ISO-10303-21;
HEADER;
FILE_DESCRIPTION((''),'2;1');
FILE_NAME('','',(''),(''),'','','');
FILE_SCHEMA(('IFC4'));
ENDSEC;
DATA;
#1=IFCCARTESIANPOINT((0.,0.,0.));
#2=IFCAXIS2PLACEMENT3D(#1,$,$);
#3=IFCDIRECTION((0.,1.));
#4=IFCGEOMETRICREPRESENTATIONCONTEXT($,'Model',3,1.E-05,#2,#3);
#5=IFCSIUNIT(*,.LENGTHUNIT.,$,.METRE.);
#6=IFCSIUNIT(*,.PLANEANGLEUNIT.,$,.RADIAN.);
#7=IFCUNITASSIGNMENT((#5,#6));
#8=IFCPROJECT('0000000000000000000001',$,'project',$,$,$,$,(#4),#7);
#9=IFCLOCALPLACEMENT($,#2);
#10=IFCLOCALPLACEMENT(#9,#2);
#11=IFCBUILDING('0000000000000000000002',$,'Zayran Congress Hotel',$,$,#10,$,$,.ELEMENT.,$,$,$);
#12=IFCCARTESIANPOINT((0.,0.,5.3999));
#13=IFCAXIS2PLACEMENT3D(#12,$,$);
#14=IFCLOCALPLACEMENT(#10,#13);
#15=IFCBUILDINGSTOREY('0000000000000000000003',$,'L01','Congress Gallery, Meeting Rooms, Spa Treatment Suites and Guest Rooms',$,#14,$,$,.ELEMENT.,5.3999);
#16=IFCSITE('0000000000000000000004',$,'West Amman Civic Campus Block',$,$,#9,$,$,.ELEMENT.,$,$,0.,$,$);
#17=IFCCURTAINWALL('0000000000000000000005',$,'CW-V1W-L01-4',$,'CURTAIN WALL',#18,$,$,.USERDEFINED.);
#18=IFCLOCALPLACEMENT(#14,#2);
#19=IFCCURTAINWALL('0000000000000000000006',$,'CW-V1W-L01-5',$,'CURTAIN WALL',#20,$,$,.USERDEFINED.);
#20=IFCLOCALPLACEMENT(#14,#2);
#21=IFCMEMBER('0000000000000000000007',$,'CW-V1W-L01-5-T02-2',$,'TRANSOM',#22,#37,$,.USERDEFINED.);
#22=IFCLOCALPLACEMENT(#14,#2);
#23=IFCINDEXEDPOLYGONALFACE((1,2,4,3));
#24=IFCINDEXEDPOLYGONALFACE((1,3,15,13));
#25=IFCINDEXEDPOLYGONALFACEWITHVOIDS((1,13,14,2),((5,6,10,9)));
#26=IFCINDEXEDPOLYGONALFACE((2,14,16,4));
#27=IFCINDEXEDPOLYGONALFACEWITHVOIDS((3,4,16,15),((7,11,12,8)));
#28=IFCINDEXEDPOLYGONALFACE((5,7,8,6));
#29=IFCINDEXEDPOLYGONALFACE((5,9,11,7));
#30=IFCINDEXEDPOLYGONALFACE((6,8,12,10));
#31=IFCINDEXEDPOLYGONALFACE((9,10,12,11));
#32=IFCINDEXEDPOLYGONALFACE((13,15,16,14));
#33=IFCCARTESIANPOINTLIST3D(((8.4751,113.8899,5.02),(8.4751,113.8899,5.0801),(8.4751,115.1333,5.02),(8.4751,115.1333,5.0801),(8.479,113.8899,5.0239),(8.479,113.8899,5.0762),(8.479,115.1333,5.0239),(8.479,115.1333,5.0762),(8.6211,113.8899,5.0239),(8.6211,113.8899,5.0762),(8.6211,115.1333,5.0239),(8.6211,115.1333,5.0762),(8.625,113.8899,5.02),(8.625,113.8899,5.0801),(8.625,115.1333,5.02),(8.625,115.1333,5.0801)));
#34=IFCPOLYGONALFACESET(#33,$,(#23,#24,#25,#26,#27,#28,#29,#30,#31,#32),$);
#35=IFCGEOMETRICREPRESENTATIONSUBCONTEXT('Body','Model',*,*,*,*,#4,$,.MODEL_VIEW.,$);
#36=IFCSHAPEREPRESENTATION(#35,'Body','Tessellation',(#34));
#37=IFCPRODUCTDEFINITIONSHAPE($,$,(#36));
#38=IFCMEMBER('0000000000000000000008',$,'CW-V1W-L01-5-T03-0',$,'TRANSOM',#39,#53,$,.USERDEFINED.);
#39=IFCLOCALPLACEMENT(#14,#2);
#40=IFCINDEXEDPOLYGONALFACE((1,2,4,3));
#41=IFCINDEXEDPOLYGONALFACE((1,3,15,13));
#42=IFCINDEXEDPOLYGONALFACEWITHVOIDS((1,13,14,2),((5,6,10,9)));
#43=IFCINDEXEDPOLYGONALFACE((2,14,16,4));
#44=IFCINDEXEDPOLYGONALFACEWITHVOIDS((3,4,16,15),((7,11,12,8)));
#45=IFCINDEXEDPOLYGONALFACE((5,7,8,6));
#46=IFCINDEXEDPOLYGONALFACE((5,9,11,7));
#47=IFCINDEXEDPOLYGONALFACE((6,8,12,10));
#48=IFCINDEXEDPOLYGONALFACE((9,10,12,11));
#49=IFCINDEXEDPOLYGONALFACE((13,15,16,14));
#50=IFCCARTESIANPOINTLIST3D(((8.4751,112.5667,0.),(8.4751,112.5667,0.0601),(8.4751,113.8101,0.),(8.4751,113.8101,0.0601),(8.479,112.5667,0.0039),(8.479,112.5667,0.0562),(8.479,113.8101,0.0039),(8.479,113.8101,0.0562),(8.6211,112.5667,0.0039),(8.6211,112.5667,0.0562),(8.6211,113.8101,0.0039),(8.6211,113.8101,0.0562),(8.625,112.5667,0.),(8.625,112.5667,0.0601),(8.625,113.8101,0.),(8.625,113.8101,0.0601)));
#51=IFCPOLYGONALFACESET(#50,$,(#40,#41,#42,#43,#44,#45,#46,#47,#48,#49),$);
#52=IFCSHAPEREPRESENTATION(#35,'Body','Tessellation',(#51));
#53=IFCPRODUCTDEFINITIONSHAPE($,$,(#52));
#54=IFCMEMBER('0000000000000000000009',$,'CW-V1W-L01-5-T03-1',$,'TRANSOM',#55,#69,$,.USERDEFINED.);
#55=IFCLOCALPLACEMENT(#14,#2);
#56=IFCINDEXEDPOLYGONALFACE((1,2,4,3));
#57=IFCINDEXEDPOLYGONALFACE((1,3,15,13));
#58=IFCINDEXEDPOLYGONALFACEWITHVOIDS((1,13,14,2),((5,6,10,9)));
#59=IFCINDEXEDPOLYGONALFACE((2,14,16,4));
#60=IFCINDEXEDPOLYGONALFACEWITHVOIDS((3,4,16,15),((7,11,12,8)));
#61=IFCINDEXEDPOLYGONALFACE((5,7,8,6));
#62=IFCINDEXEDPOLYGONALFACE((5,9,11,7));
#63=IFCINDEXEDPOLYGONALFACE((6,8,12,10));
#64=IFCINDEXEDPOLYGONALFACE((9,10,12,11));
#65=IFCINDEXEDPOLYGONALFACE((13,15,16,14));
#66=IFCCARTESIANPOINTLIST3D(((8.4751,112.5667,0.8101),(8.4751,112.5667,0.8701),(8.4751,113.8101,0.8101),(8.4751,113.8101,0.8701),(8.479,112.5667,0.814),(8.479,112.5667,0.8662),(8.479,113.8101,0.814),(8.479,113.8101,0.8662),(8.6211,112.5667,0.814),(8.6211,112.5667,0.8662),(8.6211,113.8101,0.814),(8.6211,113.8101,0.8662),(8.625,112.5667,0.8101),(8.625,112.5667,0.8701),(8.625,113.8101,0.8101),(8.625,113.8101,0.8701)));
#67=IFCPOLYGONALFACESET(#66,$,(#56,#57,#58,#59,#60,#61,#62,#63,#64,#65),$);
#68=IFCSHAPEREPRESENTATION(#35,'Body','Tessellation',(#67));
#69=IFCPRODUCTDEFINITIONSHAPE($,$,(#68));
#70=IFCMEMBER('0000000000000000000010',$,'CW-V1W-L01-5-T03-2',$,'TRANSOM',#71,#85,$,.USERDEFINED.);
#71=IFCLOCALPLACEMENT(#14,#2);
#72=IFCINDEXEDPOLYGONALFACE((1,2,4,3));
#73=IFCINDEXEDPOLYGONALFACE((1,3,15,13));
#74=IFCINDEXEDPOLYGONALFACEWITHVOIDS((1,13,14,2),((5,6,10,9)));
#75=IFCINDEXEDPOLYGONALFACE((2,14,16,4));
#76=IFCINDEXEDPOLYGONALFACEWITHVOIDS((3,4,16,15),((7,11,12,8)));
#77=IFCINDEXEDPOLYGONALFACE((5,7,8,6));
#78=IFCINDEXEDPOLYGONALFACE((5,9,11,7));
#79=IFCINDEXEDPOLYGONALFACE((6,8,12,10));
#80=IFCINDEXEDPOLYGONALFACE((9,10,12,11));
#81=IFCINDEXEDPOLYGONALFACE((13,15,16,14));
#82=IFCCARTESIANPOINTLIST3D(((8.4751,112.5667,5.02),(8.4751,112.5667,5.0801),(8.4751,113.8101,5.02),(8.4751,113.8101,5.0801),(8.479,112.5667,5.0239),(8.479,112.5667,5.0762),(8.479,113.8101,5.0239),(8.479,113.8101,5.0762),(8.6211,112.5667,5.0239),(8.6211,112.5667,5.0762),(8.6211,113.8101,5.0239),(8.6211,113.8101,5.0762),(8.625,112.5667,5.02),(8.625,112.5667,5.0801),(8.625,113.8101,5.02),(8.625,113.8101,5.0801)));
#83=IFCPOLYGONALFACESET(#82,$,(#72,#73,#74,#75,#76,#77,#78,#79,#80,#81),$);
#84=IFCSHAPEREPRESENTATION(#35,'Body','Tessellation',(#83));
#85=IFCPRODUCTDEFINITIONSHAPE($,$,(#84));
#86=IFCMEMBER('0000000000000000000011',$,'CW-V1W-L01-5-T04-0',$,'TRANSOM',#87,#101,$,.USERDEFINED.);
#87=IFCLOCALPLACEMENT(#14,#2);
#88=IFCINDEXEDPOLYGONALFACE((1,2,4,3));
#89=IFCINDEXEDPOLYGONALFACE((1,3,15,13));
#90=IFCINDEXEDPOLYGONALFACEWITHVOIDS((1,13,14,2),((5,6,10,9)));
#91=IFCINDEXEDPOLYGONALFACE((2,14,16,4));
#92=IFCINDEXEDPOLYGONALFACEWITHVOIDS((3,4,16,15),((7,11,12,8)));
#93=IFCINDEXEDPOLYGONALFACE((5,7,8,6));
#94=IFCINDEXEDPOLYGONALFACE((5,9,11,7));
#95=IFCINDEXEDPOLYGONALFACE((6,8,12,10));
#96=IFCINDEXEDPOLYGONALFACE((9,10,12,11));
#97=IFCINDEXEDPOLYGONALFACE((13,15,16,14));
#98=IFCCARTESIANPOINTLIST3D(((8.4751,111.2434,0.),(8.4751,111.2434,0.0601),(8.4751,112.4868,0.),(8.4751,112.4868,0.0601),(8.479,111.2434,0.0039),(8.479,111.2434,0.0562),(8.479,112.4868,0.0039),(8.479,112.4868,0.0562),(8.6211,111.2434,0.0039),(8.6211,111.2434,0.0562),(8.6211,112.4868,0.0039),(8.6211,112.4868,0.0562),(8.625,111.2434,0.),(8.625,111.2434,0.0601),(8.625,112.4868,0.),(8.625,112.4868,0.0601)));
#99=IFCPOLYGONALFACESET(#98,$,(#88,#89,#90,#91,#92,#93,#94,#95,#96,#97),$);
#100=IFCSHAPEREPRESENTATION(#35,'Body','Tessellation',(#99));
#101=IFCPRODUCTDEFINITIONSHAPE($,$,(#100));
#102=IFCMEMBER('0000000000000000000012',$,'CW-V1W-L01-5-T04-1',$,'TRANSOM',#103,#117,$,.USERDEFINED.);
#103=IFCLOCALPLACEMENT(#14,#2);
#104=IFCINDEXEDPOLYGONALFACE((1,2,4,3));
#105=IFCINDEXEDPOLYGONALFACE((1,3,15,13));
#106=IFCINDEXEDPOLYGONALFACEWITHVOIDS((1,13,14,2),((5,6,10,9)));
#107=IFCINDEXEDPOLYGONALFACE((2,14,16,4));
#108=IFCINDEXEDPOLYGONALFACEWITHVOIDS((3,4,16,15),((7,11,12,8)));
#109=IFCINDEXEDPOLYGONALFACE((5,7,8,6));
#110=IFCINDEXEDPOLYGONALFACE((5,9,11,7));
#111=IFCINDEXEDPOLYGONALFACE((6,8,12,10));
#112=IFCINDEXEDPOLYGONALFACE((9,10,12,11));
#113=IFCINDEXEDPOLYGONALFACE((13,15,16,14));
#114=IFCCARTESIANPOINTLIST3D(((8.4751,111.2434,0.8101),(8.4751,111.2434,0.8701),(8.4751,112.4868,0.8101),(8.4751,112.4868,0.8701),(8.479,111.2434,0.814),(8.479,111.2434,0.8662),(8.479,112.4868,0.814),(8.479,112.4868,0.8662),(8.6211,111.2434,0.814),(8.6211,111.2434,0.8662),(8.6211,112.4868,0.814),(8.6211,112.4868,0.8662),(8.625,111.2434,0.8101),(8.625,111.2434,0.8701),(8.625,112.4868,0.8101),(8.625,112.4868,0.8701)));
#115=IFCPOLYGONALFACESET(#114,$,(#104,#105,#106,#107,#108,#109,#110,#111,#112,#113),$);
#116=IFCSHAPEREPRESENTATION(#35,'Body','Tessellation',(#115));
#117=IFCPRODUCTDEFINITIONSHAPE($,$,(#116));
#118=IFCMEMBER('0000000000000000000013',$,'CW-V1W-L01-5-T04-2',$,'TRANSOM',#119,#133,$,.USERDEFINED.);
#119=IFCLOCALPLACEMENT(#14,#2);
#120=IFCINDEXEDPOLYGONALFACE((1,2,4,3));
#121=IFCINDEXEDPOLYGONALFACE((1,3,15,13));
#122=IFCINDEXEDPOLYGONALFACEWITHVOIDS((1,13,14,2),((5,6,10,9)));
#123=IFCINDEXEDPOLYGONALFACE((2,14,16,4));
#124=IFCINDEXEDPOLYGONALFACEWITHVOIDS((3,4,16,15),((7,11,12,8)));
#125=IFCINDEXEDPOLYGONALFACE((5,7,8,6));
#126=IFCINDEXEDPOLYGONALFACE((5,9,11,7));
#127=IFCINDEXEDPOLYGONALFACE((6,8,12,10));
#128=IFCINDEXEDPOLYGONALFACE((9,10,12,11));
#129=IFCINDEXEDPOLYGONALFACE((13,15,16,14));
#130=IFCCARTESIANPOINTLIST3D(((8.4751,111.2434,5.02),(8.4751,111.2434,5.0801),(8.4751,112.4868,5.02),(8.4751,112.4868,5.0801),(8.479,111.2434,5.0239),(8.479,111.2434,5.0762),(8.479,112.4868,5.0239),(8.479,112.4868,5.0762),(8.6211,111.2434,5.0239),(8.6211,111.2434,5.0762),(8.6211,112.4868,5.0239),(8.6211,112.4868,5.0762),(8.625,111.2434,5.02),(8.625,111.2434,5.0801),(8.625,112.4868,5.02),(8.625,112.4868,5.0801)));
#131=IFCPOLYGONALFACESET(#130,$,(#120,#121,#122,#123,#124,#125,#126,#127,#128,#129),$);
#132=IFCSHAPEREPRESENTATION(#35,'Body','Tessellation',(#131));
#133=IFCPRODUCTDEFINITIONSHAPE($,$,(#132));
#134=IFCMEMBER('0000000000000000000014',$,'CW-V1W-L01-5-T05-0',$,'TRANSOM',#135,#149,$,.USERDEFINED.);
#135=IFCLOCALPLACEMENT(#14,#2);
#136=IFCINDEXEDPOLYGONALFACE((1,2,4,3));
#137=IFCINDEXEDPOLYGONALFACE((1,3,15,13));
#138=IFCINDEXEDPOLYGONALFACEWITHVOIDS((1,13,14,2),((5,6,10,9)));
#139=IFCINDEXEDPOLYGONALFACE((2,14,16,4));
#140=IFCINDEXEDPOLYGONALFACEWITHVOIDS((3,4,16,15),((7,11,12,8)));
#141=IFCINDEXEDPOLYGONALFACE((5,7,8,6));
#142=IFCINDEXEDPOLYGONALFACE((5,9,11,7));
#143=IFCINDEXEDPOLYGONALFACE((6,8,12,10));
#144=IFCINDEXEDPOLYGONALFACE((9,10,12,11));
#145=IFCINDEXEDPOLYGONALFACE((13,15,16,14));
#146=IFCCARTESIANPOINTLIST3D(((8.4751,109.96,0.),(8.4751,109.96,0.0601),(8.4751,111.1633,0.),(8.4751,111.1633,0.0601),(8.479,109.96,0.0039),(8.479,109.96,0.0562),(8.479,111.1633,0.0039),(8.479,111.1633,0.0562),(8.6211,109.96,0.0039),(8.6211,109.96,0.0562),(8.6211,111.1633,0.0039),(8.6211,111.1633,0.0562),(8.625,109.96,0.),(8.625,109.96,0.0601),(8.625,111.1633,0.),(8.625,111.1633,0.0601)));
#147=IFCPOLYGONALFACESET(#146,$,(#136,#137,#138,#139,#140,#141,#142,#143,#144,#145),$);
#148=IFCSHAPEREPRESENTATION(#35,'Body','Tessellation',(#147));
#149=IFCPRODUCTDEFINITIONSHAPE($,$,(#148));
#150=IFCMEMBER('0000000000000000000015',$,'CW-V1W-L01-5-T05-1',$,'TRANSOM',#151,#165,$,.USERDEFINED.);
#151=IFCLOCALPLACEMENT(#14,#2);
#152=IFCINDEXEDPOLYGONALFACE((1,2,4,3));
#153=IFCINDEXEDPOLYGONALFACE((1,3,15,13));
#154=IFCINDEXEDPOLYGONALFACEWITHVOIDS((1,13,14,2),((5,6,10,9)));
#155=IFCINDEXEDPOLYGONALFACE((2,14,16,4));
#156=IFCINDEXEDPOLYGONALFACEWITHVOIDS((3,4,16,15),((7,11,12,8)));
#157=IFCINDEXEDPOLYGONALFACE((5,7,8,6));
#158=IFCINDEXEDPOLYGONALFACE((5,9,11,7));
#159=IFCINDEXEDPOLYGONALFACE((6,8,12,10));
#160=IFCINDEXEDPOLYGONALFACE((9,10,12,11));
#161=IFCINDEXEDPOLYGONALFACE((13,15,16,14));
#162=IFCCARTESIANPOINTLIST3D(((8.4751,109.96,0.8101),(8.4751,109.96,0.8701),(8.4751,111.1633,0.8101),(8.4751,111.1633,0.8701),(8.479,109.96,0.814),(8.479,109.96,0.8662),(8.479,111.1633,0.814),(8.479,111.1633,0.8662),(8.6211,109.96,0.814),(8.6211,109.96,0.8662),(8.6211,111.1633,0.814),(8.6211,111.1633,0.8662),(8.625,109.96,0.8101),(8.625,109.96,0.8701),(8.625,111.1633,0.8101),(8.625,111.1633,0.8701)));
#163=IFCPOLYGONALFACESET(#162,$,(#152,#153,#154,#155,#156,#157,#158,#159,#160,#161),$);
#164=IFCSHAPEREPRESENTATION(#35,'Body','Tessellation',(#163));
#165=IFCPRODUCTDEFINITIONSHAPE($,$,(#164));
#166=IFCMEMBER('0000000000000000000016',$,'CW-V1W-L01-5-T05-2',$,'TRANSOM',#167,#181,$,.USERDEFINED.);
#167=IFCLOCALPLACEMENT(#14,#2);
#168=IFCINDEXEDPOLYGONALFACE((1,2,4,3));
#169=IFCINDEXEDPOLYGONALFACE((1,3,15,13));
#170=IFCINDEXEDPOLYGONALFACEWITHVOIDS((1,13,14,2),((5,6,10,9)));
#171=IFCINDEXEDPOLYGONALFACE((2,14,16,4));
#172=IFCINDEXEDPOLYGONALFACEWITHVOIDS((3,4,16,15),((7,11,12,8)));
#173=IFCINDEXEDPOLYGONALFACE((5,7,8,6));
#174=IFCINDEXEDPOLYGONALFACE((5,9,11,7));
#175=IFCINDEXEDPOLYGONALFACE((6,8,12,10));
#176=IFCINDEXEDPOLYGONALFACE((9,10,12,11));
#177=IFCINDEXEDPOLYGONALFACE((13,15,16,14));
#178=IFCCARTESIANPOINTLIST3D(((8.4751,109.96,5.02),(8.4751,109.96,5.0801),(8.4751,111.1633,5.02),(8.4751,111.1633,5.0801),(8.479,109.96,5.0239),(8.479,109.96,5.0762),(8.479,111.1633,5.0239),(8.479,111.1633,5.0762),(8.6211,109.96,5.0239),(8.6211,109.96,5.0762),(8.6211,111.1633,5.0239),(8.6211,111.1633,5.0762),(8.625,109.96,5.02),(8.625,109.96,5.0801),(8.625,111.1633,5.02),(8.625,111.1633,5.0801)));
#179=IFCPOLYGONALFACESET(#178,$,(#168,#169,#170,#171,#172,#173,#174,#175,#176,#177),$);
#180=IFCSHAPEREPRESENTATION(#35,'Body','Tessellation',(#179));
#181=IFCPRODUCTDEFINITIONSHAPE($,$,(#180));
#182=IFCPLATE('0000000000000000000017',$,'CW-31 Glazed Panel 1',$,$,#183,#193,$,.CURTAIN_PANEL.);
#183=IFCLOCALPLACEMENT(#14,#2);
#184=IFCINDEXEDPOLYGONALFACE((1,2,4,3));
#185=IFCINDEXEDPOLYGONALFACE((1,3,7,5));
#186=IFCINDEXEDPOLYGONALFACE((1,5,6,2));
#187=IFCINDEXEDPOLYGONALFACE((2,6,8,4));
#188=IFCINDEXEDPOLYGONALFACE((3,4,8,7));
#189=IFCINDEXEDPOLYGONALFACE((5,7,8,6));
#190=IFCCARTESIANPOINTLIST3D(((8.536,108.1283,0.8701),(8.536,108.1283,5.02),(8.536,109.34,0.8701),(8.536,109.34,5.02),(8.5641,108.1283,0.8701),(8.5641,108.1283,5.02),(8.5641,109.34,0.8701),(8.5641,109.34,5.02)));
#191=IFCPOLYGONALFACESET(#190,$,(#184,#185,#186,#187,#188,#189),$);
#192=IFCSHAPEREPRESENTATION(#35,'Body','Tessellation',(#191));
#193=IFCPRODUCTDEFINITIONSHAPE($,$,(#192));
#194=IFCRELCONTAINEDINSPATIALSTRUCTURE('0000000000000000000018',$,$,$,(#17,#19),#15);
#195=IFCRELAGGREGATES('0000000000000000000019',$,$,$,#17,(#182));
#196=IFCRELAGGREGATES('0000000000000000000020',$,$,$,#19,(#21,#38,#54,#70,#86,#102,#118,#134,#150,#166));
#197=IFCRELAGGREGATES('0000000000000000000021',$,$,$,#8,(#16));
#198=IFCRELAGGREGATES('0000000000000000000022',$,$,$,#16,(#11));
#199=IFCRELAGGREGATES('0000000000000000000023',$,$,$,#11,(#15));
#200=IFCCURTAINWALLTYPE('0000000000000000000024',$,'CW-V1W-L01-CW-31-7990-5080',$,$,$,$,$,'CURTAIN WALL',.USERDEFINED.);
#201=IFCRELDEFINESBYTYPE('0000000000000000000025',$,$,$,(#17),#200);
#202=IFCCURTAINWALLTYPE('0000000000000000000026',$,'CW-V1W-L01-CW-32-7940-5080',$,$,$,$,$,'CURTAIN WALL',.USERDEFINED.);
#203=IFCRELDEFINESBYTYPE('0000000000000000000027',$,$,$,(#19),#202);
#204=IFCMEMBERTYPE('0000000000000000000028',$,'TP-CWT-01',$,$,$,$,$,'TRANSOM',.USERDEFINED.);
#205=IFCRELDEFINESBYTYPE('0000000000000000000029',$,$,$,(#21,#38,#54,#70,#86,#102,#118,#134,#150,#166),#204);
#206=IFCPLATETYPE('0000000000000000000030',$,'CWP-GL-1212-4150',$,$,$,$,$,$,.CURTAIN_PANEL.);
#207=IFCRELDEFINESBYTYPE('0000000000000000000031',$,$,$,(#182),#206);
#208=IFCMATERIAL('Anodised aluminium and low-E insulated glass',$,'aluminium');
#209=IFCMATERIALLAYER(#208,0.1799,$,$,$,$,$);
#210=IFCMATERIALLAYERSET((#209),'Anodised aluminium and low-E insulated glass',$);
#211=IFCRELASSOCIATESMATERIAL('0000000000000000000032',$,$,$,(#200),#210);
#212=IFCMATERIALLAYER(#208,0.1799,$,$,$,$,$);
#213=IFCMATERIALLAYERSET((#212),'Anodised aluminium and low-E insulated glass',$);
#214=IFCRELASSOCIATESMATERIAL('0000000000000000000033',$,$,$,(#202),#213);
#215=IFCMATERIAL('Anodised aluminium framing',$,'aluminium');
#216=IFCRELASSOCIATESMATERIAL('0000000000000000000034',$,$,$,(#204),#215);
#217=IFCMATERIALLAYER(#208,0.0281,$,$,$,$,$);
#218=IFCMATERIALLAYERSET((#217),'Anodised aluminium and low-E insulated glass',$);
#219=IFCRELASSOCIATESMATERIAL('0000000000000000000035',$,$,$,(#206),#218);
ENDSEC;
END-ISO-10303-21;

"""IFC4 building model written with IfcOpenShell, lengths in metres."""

from ifc_helpers import new_model, si_unit, direction, frame, origin, origin_2d, place, context, subcontext, project, spatial, rectangle, hollow_rectangle, extrude, material, layer, layer_set, material_profile, profile_set, type_object, element, aggregate, save


model = new_model("IFC4")

# Units and contexts
model_context = context("Model", 3, precision=1e-05, world=origin(), true_north=direction((0.0, 1.0)))
body_context = subcontext(model_context, "Body", "Model", "MODEL_VIEW")
ifc_project = project(units=[si_unit("LENGTHUNIT", "METRE"), si_unit("PLANEANGLEUNIT", "RADIAN")], contexts=[model_context])

# Site, building, storey
site_placement = place(None, origin())
site = spatial("IfcSite", under=ifc_project, at=site_placement, Name="West Amman Civic Campus Block", CompositionType="ELEMENT", RefElevation=0.0)
building_placement = place(site_placement, origin())
building = spatial("IfcBuilding", under=site, at=building_placement, Name="Zayran Congress Hotel", CompositionType="ELEMENT")
storey_placement = place(building_placement, frame((0.0, 0.0, 5.3999)))
storey = spatial("IfcBuildingStorey", under=building, at=storey_placement, Name="L01", Description="Congress Gallery, Meeting Rooms, Spa Treatment Suites and Guest Rooms", CompositionType="ELEMENT", Elevation=5.3999)

# Curtain wall
ifc_material_1 = material(Name="Anodised aluminium and low-E insulated glass", Category="aluminium")
ifc_layer_1 = layer(ifc_material_1, 0.1799)
ifc_layer_set_1 = layer_set([ifc_layer_1], Name="Anodised aluminium and low-E insulated glass")
curtain_wall_type_1 = type_object("IfcCurtainWallType", Name="CW-V1W-L01-CW-31-7990-5080", ElementType="CURTAIN WALL", PredefinedType="USERDEFINED", material=ifc_layer_set_1)
curtain_wall_1_placement = place(storey_placement, origin())
curtain_wall_1 = element("IfcCurtainWall", 1, at=curtain_wall_1_placement, inside=storey, type_object=curtain_wall_type_1, Name="CW-V1W-L01-4", ObjectType="CURTAIN WALL", PredefinedType="USERDEFINED")
ifc_material_2 = material(Name="Anodised aluminium framing", Category="aluminium")

# Curtain wall
ifc_layer_2 = layer(ifc_material_1, 0.1799)
ifc_layer_set_2 = layer_set([ifc_layer_2], Name="Anodised aluminium and low-E insulated glass")
curtain_wall_type_2 = type_object("IfcCurtainWallType", Name="CW-V1W-L01-CW-32-7940-5080", ElementType="CURTAIN WALL", PredefinedType="USERDEFINED", material=ifc_layer_set_2)
curtain_wall_2_placement = place(storey_placement, origin())
curtain_wall_2 = element("IfcCurtainWall", 2, at=curtain_wall_2_placement, inside=storey, type_object=curtain_wall_type_2, Name="CW-V1W-L01-5", ObjectType="CURTAIN WALL", PredefinedType="USERDEFINED")

# Members
ifc_material_profile_1 = material_profile(ifc_material_2, hollow_rectangle(XDim=0.0601, YDim=0.1499, WallThickness=0.0039, at=origin_2d()), Name="RHS 150x60x4")
ifc_profile_set_1 = profile_set([ifc_material_profile_1], Name="Anodised aluminium framing")
member_type_1 = type_object("IfcMemberType", Name="TP-CWT-01", ElementType="TRANSOM", PredefinedType="USERDEFINED", material=ifc_profile_set_1)
member_1_placement = place(storey_placement, frame((8.55, 115.1333, 5.05), z_axis=(0.0, -1.0, 0.0), x_axis=(0.0, 0.0, 1.0)))
member_1 = element("IfcMember", 3, at=member_1_placement, type_object=member_type_1, Name="CW-V1W-L01-5-T02-2", ObjectType="TRANSOM", PredefinedType="USERDEFINED", context=body_context, shape_type="SweptSolid", body=[
    extrude(hollow_rectangle(XDim=0.0601, YDim=0.1499, WallThickness=0.0039, at=origin_2d()), origin(), (0.0, 0.0, 1.0), 1.2434),
])
member_2_placement = place(storey_placement, frame((8.55, 113.8101, 0.03), z_axis=(0.0, -1.0, 0.0), x_axis=(0.0, 0.0, 1.0)))
member_2 = element("IfcMember", 4, at=member_2_placement, type_object=member_type_1, Name="CW-V1W-L01-5-T03-0", ObjectType="TRANSOM", PredefinedType="USERDEFINED", context=body_context, shape_type="SweptSolid", body=[
    extrude(hollow_rectangle(XDim=0.0601, YDim=0.1499, WallThickness=0.0039, at=origin_2d()), origin(), (0.0, 0.0, 1.0), 1.2434),
])
member_3_placement = place(storey_placement, frame((8.55, 113.8101, 0.8401), z_axis=(0.0, -1.0, 0.0), x_axis=(0.0, 0.0, 1.0)))
member_3 = element("IfcMember", 5, at=member_3_placement, type_object=member_type_1, Name="CW-V1W-L01-5-T03-1", ObjectType="TRANSOM", PredefinedType="USERDEFINED", context=body_context, shape_type="SweptSolid", body=[
    extrude(hollow_rectangle(XDim=0.0601, YDim=0.1499, WallThickness=0.0039, at=origin_2d()), origin(), (0.0, 0.0, 1.0), 1.2434),
])
member_4_placement = place(storey_placement, frame((8.55, 113.8101, 5.05), z_axis=(0.0, -1.0, 0.0), x_axis=(0.0, 0.0, 1.0)))
member_4 = element("IfcMember", 6, at=member_4_placement, type_object=member_type_1, Name="CW-V1W-L01-5-T03-2", ObjectType="TRANSOM", PredefinedType="USERDEFINED", context=body_context, shape_type="SweptSolid", body=[
    extrude(hollow_rectangle(XDim=0.0601, YDim=0.1499, WallThickness=0.0039, at=origin_2d()), origin(), (0.0, 0.0, 1.0), 1.2434),
])
member_5_placement = place(storey_placement, frame((8.55, 112.4868, 0.03), z_axis=(0.0, -1.0, 0.0), x_axis=(0.0, 0.0, 1.0)))
member_5 = element("IfcMember", 7, at=member_5_placement, type_object=member_type_1, Name="CW-V1W-L01-5-T04-0", ObjectType="TRANSOM", PredefinedType="USERDEFINED", context=body_context, shape_type="SweptSolid", body=[
    extrude(hollow_rectangle(XDim=0.0601, YDim=0.1499, WallThickness=0.0039, at=origin_2d()), origin(), (0.0, 0.0, 1.0), 1.2434),
])
member_6_placement = place(storey_placement, frame((8.55, 112.4868, 0.8401), z_axis=(0.0, -1.0, 0.0), x_axis=(0.0, 0.0, 1.0)))
member_6 = element("IfcMember", 8, at=member_6_placement, type_object=member_type_1, Name="CW-V1W-L01-5-T04-1", ObjectType="TRANSOM", PredefinedType="USERDEFINED", context=body_context, shape_type="SweptSolid", body=[
    extrude(hollow_rectangle(XDim=0.0601, YDim=0.1499, WallThickness=0.0039, at=origin_2d()), origin(), (0.0, 0.0, 1.0), 1.2434),
])
member_7_placement = place(storey_placement, frame((8.55, 112.4868, 5.05), z_axis=(0.0, -1.0, 0.0), x_axis=(0.0, 0.0, 1.0)))
member_7 = element("IfcMember", 9, at=member_7_placement, type_object=member_type_1, Name="CW-V1W-L01-5-T04-2", ObjectType="TRANSOM", PredefinedType="USERDEFINED", context=body_context, shape_type="SweptSolid", body=[
    extrude(hollow_rectangle(XDim=0.0601, YDim=0.1499, WallThickness=0.0039, at=origin_2d()), origin(), (0.0, 0.0, 1.0), 1.2434),
])
member_8_placement = place(storey_placement, frame((8.55, 111.1633, 0.03), z_axis=(0.0, -1.0, 0.0), x_axis=(0.0, 0.0, 1.0)))
member_8 = element("IfcMember", 10, at=member_8_placement, type_object=member_type_1, Name="CW-V1W-L01-5-T05-0", ObjectType="TRANSOM", PredefinedType="USERDEFINED", context=body_context, shape_type="SweptSolid", body=[
    extrude(hollow_rectangle(XDim=0.0601, YDim=0.1499, WallThickness=0.0039, at=origin_2d()), origin(), (0.0, 0.0, 1.0), 1.2034),
])
member_9_placement = place(storey_placement, frame((8.55, 111.1633, 0.8401), z_axis=(0.0, -1.0, 0.0), x_axis=(0.0, 0.0, 1.0)))
member_9 = element("IfcMember", 11, at=member_9_placement, type_object=member_type_1, Name="CW-V1W-L01-5-T05-1", ObjectType="TRANSOM", PredefinedType="USERDEFINED", context=body_context, shape_type="SweptSolid", body=[
    extrude(hollow_rectangle(XDim=0.0601, YDim=0.1499, WallThickness=0.0039, at=origin_2d()), origin(), (0.0, 0.0, 1.0), 1.2034),
])
member_10_placement = place(storey_placement, frame((8.55, 111.1633, 5.05), z_axis=(0.0, -1.0, 0.0), x_axis=(0.0, 0.0, 1.0)))
member_10 = element("IfcMember", 12, at=member_10_placement, type_object=member_type_1, Name="CW-V1W-L01-5-T05-2", ObjectType="TRANSOM", PredefinedType="USERDEFINED", context=body_context, shape_type="SweptSolid", body=[
    extrude(hollow_rectangle(XDim=0.0601, YDim=0.1499, WallThickness=0.0039, at=origin_2d()), origin(), (0.0, 0.0, 1.0), 1.2034),
])

# Plate
ifc_layer_3 = layer(ifc_material_1, 0.0281)
ifc_layer_set_3 = layer_set([ifc_layer_3], Name="Anodised aluminium and low-E insulated glass")
plate_type_1 = type_object("IfcPlateType", Name="CWP-GL-1212-4150", PredefinedType="CURTAIN_PANEL", material=ifc_layer_set_3)
plate_1_placement = place(storey_placement, frame((8.55, 108.7341, 0.8701), z_axis=(0.0, 0.0, 1.0), x_axis=(0.0, 1.0, 0.0)))
plate_1 = element("IfcPlate", 13, at=plate_1_placement, type_object=plate_type_1, Name="CW-31 Glazed Panel 1", PredefinedType="CURTAIN_PANEL", context=body_context, shape_type="SweptSolid", body=[
    extrude(rectangle(XDim=1.2117, YDim=0.0281, at=origin_2d()), origin(), (0.0, 0.0, 1.0), 4.1499),
])
aggregate(curtain_wall_1, [plate_1])
aggregate(curtain_wall_2, [member_1, member_2, member_3, member_4, member_5, member_6, member_7, member_8, member_9, member_10])

save(model, "model.ifc")
